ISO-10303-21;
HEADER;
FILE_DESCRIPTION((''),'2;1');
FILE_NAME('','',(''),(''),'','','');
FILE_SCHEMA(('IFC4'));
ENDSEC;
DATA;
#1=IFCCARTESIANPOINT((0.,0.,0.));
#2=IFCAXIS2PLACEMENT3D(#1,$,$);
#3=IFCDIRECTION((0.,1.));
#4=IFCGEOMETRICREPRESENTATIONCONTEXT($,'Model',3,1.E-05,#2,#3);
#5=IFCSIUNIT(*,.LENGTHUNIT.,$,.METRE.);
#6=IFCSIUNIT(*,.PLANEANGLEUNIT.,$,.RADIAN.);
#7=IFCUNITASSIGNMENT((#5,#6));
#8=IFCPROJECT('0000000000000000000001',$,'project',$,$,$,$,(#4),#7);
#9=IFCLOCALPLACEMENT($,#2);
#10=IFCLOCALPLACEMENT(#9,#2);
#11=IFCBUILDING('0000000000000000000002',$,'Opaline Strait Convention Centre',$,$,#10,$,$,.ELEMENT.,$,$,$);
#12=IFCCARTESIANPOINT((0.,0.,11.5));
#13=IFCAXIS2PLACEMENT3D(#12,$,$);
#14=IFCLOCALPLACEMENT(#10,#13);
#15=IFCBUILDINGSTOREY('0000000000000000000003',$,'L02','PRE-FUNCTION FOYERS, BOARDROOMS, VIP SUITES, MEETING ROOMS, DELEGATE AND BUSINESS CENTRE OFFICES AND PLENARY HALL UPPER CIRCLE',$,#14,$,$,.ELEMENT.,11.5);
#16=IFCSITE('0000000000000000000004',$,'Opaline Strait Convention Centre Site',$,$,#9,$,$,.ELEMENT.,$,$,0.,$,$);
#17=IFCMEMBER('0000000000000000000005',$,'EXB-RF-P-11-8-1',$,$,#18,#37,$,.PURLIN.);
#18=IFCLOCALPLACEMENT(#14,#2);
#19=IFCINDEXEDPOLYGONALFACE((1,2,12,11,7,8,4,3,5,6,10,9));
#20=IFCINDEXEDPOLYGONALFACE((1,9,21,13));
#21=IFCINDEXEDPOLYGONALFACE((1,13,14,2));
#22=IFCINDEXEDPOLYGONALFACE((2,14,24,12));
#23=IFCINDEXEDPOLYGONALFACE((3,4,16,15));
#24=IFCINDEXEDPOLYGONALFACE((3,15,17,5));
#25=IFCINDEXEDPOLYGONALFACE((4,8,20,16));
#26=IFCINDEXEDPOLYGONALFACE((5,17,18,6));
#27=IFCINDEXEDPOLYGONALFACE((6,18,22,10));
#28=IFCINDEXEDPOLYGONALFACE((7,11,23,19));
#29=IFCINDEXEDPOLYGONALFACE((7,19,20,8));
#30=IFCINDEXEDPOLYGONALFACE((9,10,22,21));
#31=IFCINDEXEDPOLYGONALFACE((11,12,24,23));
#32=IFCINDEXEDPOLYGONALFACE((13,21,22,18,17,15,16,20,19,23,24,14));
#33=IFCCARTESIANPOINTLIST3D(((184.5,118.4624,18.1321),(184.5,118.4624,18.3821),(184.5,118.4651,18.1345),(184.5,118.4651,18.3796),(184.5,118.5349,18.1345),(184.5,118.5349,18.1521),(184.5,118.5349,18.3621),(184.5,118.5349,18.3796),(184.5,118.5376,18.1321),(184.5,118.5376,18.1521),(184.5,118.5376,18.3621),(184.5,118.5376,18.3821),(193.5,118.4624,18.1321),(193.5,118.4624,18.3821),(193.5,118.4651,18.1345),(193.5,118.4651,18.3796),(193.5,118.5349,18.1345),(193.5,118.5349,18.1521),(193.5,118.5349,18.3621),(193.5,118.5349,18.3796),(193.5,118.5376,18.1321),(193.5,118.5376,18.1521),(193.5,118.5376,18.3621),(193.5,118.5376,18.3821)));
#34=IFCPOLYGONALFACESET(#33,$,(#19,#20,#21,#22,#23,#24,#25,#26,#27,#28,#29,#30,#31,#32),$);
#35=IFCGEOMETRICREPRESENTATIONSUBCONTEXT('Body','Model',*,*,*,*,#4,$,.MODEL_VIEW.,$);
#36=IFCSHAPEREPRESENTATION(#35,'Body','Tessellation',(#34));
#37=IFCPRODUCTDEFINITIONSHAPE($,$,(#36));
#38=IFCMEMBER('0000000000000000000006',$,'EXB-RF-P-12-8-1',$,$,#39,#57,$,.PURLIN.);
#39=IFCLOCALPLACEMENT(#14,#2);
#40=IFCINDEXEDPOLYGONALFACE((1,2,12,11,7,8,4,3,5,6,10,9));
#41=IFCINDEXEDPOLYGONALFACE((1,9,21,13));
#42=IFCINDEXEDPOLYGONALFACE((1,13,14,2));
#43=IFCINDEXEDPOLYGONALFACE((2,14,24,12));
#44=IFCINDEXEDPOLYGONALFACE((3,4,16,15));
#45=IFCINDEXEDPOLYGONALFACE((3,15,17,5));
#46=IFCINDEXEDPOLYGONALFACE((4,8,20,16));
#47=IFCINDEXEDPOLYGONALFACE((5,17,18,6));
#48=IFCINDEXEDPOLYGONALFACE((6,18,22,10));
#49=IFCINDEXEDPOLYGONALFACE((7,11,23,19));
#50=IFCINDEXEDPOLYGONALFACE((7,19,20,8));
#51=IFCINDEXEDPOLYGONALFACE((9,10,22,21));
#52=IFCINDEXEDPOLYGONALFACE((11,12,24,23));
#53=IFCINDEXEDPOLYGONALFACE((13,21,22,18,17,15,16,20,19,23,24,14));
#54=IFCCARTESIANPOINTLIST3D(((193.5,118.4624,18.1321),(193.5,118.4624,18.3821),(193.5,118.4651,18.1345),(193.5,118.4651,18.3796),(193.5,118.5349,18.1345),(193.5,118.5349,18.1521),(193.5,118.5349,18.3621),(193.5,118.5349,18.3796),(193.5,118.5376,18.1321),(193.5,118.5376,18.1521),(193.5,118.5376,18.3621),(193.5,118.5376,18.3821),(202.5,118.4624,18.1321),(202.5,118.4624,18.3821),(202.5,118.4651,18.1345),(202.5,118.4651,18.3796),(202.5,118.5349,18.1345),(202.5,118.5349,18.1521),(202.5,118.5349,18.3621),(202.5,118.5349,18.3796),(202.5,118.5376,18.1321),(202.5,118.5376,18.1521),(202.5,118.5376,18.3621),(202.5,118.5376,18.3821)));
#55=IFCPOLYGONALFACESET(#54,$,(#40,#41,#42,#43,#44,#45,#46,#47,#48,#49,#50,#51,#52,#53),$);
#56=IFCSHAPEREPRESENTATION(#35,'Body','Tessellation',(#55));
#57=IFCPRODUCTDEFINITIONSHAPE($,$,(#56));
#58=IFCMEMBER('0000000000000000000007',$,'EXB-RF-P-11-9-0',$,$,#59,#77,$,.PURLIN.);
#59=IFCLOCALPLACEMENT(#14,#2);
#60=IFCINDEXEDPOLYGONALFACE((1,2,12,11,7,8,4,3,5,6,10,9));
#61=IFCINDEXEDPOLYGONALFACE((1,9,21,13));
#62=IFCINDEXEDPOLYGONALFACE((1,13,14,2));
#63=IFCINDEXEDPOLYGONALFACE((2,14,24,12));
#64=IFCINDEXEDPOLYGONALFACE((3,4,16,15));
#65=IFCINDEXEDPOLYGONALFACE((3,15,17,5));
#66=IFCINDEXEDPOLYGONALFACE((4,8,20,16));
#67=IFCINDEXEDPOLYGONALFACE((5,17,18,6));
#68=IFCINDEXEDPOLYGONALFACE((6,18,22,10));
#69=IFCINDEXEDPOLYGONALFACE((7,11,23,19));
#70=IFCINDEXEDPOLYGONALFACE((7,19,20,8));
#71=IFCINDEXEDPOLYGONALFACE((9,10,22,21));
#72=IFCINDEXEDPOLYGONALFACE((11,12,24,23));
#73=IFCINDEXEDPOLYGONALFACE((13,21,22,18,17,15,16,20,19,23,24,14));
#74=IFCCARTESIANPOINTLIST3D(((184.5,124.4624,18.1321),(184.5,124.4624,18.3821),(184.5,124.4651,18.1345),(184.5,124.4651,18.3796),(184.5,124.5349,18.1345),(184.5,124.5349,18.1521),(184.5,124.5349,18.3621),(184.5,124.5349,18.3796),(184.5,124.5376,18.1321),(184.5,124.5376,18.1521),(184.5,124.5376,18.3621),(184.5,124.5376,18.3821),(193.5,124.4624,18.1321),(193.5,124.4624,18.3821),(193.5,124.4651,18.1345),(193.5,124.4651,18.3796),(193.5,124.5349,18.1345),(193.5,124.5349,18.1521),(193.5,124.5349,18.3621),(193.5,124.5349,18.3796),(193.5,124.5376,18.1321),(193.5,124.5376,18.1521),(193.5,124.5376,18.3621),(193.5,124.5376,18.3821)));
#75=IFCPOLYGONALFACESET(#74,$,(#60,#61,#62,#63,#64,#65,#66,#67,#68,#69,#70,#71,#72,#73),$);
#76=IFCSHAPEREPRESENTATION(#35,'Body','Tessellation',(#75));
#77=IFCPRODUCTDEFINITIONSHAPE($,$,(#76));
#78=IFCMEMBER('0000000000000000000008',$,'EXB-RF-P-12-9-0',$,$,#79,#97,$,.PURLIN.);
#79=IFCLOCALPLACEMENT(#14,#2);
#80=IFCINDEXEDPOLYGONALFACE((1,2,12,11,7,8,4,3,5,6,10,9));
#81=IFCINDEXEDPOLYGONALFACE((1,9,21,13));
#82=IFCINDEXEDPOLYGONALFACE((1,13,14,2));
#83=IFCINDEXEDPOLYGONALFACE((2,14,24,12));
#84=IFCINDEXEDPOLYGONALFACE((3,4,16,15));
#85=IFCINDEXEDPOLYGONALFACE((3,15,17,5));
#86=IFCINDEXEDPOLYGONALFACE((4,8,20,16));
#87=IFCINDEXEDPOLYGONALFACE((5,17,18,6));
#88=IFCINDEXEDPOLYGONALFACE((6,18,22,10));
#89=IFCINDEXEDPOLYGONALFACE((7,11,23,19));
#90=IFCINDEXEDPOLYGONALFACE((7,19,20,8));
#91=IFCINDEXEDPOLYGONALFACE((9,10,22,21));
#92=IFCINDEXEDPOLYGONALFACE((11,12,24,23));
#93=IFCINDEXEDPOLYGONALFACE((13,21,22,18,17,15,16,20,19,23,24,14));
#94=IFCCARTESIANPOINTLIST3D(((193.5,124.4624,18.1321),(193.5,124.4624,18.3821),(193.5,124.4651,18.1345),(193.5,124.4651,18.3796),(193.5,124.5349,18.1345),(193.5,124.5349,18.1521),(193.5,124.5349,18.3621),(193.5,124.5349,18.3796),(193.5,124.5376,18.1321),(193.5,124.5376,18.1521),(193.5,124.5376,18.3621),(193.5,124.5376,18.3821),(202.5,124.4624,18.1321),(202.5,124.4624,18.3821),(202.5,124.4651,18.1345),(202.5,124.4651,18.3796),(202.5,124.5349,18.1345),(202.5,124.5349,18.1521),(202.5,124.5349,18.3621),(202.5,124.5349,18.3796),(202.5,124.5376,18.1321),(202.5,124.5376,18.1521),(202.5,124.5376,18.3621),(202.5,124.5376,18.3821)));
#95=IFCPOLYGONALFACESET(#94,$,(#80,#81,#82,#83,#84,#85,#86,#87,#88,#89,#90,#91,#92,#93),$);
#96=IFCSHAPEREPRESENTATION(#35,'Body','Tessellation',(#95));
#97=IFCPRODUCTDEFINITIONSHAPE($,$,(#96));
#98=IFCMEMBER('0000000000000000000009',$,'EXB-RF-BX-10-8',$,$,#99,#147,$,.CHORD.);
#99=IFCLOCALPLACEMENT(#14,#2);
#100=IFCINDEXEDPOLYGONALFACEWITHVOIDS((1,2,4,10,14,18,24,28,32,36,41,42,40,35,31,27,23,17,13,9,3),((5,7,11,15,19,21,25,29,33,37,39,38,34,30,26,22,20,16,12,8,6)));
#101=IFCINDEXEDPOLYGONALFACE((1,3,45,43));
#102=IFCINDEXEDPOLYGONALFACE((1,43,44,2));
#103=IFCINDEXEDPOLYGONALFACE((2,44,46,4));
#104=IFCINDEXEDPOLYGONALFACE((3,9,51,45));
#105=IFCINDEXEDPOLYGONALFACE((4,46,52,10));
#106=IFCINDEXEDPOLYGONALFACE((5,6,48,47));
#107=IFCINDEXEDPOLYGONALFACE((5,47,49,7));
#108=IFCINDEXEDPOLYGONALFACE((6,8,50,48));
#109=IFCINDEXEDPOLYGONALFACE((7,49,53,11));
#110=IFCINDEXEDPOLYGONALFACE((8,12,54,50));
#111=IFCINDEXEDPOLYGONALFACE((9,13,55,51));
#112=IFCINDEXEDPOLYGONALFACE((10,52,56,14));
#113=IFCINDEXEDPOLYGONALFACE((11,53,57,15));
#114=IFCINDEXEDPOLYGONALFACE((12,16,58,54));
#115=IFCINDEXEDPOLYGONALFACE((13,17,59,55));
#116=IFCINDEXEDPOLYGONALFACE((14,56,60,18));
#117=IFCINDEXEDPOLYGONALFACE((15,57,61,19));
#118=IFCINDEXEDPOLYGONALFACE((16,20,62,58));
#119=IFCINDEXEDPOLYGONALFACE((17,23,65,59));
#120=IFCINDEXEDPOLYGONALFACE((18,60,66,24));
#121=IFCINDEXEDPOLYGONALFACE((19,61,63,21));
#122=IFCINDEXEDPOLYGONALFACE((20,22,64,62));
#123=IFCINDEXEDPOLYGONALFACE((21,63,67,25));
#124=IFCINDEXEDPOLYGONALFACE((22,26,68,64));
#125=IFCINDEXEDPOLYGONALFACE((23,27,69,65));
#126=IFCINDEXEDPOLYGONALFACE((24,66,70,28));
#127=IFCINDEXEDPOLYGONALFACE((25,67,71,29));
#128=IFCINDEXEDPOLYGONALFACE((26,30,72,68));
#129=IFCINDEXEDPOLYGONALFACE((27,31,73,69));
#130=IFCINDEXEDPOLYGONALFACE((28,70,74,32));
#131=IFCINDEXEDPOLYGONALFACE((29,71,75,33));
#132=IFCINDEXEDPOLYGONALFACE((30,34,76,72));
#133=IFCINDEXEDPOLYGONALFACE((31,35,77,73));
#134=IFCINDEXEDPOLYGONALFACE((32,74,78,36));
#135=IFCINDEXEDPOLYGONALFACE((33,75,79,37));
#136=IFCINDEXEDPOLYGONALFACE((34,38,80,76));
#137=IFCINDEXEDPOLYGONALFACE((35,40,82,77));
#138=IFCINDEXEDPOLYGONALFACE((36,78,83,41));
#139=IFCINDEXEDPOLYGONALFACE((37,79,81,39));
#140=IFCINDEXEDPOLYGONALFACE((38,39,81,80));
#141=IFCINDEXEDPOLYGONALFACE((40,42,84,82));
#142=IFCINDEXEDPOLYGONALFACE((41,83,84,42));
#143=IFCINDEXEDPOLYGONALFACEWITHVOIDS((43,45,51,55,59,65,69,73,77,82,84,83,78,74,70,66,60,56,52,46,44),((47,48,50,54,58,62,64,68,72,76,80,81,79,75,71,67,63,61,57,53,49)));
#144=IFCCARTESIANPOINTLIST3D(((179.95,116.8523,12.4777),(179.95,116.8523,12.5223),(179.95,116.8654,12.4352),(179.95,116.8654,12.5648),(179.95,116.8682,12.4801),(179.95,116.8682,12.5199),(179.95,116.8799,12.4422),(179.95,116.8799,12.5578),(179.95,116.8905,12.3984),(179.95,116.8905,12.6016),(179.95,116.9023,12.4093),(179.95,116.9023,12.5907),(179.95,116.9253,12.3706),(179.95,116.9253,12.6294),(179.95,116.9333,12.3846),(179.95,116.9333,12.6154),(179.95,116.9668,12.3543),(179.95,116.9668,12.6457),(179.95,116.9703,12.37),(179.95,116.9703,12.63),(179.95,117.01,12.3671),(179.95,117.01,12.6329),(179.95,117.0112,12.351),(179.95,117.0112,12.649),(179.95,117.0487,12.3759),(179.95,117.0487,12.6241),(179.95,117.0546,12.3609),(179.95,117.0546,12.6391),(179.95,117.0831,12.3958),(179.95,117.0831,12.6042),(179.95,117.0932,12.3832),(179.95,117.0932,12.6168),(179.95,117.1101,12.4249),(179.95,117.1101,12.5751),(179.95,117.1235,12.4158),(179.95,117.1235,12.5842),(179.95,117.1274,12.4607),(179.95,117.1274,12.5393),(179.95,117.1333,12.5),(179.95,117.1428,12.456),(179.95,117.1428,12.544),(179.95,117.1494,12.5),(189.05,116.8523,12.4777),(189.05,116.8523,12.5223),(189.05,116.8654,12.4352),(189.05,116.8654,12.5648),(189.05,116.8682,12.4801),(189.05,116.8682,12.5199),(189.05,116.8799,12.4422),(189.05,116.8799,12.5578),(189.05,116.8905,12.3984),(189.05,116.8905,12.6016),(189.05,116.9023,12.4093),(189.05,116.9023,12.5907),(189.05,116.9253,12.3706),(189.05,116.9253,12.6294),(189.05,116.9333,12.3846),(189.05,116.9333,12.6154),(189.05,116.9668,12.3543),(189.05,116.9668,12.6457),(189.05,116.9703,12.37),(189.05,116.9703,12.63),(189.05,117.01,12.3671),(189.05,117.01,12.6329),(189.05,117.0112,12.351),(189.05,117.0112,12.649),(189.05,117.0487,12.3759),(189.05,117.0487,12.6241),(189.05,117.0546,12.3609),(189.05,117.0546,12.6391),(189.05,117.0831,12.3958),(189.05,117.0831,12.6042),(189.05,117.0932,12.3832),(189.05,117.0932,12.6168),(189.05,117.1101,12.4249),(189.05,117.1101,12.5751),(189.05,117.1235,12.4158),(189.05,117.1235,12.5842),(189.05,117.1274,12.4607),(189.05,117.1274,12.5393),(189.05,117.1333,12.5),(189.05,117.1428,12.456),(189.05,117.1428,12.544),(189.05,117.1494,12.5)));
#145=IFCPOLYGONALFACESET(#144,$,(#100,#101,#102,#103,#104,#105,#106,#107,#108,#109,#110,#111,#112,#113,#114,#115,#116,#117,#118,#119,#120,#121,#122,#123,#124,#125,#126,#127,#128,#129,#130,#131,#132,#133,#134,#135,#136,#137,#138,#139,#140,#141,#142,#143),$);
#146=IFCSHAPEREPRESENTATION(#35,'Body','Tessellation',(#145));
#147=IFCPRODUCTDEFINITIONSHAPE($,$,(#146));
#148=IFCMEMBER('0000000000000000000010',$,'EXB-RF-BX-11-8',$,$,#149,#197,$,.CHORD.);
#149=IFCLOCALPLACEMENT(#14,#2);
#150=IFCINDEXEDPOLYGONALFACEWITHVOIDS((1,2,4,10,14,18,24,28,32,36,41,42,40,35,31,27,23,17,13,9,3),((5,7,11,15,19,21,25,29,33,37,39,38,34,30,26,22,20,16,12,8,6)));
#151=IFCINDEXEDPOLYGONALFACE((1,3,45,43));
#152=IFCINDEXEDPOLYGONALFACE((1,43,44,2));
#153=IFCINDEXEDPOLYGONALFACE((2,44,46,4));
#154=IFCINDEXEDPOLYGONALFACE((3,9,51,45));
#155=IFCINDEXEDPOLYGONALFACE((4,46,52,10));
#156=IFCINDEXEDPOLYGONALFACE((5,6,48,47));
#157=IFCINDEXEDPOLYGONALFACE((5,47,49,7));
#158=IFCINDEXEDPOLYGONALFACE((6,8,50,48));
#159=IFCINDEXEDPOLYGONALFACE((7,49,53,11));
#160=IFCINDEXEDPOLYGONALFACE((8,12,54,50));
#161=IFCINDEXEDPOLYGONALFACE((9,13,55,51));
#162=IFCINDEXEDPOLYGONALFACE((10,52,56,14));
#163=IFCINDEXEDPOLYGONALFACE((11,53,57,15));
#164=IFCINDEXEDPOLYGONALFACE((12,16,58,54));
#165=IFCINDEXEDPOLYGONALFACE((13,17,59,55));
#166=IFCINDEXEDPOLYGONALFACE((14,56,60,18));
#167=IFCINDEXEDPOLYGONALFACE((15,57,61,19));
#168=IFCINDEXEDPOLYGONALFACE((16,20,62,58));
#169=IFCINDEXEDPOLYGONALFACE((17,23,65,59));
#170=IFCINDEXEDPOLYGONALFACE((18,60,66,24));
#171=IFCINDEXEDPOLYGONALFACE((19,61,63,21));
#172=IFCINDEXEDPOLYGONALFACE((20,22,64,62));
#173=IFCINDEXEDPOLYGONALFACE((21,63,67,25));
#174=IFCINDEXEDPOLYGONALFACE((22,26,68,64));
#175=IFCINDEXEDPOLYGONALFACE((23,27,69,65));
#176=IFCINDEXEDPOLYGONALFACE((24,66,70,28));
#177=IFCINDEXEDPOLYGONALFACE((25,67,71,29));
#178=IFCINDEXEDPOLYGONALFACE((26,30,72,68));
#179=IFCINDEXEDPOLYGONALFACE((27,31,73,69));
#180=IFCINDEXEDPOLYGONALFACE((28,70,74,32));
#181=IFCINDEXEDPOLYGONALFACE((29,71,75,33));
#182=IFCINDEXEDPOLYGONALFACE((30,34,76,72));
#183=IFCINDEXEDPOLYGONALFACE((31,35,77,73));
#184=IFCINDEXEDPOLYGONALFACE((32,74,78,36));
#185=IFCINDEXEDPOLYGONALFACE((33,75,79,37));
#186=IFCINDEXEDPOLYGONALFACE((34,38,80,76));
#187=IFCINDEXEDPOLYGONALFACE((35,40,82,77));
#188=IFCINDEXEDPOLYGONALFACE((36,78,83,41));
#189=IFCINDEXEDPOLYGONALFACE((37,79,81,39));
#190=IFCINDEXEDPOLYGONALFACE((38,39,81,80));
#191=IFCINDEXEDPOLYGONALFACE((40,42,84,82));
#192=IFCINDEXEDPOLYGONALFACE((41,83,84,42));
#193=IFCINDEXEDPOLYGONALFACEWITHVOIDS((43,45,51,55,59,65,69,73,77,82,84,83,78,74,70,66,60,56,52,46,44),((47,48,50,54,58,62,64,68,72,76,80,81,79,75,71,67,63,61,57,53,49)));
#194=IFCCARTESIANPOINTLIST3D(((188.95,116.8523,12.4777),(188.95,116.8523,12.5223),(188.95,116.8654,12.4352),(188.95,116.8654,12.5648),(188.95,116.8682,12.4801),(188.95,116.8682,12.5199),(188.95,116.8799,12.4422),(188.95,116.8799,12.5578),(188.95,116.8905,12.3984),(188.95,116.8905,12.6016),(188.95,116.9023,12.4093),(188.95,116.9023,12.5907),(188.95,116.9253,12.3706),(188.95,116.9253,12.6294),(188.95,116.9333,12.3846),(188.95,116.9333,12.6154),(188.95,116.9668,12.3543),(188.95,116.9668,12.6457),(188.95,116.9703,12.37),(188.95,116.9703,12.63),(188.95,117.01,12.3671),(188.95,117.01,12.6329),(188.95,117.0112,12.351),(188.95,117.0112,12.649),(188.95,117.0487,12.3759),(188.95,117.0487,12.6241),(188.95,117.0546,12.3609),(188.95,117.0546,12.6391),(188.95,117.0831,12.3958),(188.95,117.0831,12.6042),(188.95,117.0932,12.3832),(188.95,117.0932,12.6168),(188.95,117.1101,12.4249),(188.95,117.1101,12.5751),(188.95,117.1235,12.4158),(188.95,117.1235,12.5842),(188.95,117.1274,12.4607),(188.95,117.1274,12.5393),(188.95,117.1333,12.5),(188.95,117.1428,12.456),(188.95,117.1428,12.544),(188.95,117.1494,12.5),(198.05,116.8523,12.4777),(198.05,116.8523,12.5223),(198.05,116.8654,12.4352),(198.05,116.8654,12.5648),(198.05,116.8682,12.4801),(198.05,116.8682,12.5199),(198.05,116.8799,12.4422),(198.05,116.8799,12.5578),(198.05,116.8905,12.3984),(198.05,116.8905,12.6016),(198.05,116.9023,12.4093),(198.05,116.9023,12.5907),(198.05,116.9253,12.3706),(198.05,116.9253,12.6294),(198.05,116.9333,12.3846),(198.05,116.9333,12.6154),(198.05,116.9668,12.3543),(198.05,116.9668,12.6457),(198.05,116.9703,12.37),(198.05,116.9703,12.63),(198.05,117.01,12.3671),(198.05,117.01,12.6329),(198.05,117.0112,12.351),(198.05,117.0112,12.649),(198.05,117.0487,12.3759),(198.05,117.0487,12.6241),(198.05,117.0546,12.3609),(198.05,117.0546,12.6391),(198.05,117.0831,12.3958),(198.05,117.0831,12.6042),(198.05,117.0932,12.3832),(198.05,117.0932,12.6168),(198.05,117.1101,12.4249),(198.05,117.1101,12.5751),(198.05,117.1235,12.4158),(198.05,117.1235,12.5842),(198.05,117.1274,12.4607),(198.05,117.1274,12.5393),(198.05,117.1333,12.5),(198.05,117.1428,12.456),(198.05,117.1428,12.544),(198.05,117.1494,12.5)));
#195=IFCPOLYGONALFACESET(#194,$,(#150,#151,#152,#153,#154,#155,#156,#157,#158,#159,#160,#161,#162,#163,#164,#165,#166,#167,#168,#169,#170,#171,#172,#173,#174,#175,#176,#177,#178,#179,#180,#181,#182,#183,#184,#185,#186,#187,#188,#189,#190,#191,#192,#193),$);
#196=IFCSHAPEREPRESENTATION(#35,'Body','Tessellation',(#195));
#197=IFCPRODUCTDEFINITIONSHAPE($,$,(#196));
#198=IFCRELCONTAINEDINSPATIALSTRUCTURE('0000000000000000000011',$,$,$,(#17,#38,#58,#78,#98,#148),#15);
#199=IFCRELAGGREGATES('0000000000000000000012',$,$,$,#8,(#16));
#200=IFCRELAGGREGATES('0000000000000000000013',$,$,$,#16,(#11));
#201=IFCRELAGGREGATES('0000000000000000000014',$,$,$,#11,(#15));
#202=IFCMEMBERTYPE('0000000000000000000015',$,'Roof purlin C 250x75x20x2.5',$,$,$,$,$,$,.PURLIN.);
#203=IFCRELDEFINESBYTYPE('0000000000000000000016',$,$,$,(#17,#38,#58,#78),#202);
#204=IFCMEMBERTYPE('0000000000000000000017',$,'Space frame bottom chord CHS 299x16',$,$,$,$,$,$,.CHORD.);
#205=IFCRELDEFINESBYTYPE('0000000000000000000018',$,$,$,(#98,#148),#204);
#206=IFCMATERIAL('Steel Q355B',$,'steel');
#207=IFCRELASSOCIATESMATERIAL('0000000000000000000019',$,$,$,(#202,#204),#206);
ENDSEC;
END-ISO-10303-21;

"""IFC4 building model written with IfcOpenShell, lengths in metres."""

from ifc_helpers import new_model, si_unit, direction, frame, origin, origin_2d, place, context, subcontext, project, spatial, polyline, hollow_circle, outline, extrude, material, material_profile, profile_set, type_object, element, save


model = new_model("IFC4")

# Units and contexts
model_context = context("Model", 3, precision=1e-05, world=origin(), true_north=direction((0.0, 1.0)))
body_context = subcontext(model_context, "Body", "Model", "MODEL_VIEW")
ifc_project = project(units=[si_unit("LENGTHUNIT", "METRE"), si_unit("PLANEANGLEUNIT", "RADIAN")], contexts=[model_context])

# Site, building, storey
site_placement = place(None, origin())
site = spatial("IfcSite", under=ifc_project, at=site_placement, Name="Opaline Strait Convention Centre Site", CompositionType="ELEMENT", RefElevation=0.0)
building_placement = place(site_placement, origin())
building = spatial("IfcBuilding", under=site, at=building_placement, Name="Opaline Strait Convention Centre", CompositionType="ELEMENT")
storey_placement = place(building_placement, frame((0.0, 0.0, 11.5)))
storey = spatial("IfcBuildingStorey", under=building, at=storey_placement, Name="L02", Description="PRE-FUNCTION FOYERS, BOARDROOMS, VIP SUITES, MEETING ROOMS, DELEGATE AND BUSINESS CENTRE OFFICES AND PLENARY HALL UPPER CIRCLE", CompositionType="ELEMENT", Elevation=11.5)

# Members
ifc_material = material(Name="Steel Q355B", Category="steel")
ifc_material_profile_1 = material_profile(ifc_material, outline(polyline([(-0.0376, -0.125), (0.0376, -0.125), (0.0376, -0.105), (0.0349, -0.105), (0.0349, -0.1226), (-0.0349, -0.1226), (-0.0349, 0.1226), (0.0349, 0.1226), (0.0349, 0.105), (0.0376, 0.105), (0.0376, 0.125), (-0.0376, 0.125), (-0.0376, -0.125)])), Name="C 250x75x20x2.5")
ifc_profile_set_1 = profile_set([ifc_material_profile_1], Name="Steel Q355B")
member_type_1 = type_object("IfcMemberType", Name="Roof purlin C 250x75x20x2.5", PredefinedType="PURLIN", material=ifc_profile_set_1)
for number, where, z_axis, x_axis, name in (
    (1, (184.5, 118.5, 18.2571), (1.0, 0.0, 0.0), (0.0, 1.0, 0.0), "EXB-RF-P-11-8-1"),
    (2, (193.5, 118.5, 18.2571), (1.0, 0.0, 0.0), (0.0, 1.0, 0.0), "EXB-RF-P-12-8-1"),
    (3, (184.5, 124.5, 18.2571), (1.0, 0.0, 0.0), (0.0, 1.0, 0.0), "EXB-RF-P-11-9-0"),
    (4, (193.5, 124.5, 18.2571), (1.0, 0.0, 0.0), (0.0, 1.0, 0.0), "EXB-RF-P-12-9-0"),
):
    element("IfcMember", number, at=place(storey_placement, frame(where, z_axis=z_axis, x_axis=x_axis)), inside=storey, type_object=member_type_1, Name=name, PredefinedType="PURLIN", context=body_context, shape_type="SweptSolid", body=[
        extrude(outline(polyline([(-0.0376, -0.125), (0.0376, -0.125), (0.0376, -0.105), (0.0349, -0.105), (0.0349, -0.1226), (-0.0349, -0.1226), (-0.0349, 0.1226), (0.0349, 0.1226), (0.0349, 0.105), (0.0376, 0.105), (0.0376, 0.125), (-0.0376, 0.125), (-0.0376, -0.125)])), origin(), (0.0, 0.0, 1.0), 9.0),
    ])
ifc_material_profile_2 = material_profile(ifc_material, hollow_circle(Radius=0.1494, WallThickness=0.0161, at=origin_2d()), Name="CHS 299x16")
ifc_profile_set_2 = profile_set([ifc_material_profile_2], Name="Steel Q355B")
member_type_2 = type_object("IfcMemberType", Name="Space frame bottom chord CHS 299x16", PredefinedType="CHORD", material=ifc_profile_set_2)
for number, where, z_axis, x_axis, name in (
    (5, (179.95, 117.0, 12.5), (1.0, 0.0, 0.0), (0.0, 1.0, 0.0), "EXB-RF-BX-10-8"),
    (6, (188.95, 117.0, 12.5), (1.0, 0.0, 0.0), (0.0, 1.0, 0.0), "EXB-RF-BX-11-8"),
):
    element("IfcMember", number, at=place(storey_placement, frame(where, z_axis=z_axis, x_axis=x_axis)), inside=storey, type_object=member_type_2, Name=name, PredefinedType="CHORD", context=body_context, shape_type="SweptSolid", body=[
        extrude(hollow_circle(Radius=0.1494, WallThickness=0.0161, at=origin_2d()), origin(), (0.0, 0.0, 1.0), 9.1001),
    ])

save(model, "model.ifc")
